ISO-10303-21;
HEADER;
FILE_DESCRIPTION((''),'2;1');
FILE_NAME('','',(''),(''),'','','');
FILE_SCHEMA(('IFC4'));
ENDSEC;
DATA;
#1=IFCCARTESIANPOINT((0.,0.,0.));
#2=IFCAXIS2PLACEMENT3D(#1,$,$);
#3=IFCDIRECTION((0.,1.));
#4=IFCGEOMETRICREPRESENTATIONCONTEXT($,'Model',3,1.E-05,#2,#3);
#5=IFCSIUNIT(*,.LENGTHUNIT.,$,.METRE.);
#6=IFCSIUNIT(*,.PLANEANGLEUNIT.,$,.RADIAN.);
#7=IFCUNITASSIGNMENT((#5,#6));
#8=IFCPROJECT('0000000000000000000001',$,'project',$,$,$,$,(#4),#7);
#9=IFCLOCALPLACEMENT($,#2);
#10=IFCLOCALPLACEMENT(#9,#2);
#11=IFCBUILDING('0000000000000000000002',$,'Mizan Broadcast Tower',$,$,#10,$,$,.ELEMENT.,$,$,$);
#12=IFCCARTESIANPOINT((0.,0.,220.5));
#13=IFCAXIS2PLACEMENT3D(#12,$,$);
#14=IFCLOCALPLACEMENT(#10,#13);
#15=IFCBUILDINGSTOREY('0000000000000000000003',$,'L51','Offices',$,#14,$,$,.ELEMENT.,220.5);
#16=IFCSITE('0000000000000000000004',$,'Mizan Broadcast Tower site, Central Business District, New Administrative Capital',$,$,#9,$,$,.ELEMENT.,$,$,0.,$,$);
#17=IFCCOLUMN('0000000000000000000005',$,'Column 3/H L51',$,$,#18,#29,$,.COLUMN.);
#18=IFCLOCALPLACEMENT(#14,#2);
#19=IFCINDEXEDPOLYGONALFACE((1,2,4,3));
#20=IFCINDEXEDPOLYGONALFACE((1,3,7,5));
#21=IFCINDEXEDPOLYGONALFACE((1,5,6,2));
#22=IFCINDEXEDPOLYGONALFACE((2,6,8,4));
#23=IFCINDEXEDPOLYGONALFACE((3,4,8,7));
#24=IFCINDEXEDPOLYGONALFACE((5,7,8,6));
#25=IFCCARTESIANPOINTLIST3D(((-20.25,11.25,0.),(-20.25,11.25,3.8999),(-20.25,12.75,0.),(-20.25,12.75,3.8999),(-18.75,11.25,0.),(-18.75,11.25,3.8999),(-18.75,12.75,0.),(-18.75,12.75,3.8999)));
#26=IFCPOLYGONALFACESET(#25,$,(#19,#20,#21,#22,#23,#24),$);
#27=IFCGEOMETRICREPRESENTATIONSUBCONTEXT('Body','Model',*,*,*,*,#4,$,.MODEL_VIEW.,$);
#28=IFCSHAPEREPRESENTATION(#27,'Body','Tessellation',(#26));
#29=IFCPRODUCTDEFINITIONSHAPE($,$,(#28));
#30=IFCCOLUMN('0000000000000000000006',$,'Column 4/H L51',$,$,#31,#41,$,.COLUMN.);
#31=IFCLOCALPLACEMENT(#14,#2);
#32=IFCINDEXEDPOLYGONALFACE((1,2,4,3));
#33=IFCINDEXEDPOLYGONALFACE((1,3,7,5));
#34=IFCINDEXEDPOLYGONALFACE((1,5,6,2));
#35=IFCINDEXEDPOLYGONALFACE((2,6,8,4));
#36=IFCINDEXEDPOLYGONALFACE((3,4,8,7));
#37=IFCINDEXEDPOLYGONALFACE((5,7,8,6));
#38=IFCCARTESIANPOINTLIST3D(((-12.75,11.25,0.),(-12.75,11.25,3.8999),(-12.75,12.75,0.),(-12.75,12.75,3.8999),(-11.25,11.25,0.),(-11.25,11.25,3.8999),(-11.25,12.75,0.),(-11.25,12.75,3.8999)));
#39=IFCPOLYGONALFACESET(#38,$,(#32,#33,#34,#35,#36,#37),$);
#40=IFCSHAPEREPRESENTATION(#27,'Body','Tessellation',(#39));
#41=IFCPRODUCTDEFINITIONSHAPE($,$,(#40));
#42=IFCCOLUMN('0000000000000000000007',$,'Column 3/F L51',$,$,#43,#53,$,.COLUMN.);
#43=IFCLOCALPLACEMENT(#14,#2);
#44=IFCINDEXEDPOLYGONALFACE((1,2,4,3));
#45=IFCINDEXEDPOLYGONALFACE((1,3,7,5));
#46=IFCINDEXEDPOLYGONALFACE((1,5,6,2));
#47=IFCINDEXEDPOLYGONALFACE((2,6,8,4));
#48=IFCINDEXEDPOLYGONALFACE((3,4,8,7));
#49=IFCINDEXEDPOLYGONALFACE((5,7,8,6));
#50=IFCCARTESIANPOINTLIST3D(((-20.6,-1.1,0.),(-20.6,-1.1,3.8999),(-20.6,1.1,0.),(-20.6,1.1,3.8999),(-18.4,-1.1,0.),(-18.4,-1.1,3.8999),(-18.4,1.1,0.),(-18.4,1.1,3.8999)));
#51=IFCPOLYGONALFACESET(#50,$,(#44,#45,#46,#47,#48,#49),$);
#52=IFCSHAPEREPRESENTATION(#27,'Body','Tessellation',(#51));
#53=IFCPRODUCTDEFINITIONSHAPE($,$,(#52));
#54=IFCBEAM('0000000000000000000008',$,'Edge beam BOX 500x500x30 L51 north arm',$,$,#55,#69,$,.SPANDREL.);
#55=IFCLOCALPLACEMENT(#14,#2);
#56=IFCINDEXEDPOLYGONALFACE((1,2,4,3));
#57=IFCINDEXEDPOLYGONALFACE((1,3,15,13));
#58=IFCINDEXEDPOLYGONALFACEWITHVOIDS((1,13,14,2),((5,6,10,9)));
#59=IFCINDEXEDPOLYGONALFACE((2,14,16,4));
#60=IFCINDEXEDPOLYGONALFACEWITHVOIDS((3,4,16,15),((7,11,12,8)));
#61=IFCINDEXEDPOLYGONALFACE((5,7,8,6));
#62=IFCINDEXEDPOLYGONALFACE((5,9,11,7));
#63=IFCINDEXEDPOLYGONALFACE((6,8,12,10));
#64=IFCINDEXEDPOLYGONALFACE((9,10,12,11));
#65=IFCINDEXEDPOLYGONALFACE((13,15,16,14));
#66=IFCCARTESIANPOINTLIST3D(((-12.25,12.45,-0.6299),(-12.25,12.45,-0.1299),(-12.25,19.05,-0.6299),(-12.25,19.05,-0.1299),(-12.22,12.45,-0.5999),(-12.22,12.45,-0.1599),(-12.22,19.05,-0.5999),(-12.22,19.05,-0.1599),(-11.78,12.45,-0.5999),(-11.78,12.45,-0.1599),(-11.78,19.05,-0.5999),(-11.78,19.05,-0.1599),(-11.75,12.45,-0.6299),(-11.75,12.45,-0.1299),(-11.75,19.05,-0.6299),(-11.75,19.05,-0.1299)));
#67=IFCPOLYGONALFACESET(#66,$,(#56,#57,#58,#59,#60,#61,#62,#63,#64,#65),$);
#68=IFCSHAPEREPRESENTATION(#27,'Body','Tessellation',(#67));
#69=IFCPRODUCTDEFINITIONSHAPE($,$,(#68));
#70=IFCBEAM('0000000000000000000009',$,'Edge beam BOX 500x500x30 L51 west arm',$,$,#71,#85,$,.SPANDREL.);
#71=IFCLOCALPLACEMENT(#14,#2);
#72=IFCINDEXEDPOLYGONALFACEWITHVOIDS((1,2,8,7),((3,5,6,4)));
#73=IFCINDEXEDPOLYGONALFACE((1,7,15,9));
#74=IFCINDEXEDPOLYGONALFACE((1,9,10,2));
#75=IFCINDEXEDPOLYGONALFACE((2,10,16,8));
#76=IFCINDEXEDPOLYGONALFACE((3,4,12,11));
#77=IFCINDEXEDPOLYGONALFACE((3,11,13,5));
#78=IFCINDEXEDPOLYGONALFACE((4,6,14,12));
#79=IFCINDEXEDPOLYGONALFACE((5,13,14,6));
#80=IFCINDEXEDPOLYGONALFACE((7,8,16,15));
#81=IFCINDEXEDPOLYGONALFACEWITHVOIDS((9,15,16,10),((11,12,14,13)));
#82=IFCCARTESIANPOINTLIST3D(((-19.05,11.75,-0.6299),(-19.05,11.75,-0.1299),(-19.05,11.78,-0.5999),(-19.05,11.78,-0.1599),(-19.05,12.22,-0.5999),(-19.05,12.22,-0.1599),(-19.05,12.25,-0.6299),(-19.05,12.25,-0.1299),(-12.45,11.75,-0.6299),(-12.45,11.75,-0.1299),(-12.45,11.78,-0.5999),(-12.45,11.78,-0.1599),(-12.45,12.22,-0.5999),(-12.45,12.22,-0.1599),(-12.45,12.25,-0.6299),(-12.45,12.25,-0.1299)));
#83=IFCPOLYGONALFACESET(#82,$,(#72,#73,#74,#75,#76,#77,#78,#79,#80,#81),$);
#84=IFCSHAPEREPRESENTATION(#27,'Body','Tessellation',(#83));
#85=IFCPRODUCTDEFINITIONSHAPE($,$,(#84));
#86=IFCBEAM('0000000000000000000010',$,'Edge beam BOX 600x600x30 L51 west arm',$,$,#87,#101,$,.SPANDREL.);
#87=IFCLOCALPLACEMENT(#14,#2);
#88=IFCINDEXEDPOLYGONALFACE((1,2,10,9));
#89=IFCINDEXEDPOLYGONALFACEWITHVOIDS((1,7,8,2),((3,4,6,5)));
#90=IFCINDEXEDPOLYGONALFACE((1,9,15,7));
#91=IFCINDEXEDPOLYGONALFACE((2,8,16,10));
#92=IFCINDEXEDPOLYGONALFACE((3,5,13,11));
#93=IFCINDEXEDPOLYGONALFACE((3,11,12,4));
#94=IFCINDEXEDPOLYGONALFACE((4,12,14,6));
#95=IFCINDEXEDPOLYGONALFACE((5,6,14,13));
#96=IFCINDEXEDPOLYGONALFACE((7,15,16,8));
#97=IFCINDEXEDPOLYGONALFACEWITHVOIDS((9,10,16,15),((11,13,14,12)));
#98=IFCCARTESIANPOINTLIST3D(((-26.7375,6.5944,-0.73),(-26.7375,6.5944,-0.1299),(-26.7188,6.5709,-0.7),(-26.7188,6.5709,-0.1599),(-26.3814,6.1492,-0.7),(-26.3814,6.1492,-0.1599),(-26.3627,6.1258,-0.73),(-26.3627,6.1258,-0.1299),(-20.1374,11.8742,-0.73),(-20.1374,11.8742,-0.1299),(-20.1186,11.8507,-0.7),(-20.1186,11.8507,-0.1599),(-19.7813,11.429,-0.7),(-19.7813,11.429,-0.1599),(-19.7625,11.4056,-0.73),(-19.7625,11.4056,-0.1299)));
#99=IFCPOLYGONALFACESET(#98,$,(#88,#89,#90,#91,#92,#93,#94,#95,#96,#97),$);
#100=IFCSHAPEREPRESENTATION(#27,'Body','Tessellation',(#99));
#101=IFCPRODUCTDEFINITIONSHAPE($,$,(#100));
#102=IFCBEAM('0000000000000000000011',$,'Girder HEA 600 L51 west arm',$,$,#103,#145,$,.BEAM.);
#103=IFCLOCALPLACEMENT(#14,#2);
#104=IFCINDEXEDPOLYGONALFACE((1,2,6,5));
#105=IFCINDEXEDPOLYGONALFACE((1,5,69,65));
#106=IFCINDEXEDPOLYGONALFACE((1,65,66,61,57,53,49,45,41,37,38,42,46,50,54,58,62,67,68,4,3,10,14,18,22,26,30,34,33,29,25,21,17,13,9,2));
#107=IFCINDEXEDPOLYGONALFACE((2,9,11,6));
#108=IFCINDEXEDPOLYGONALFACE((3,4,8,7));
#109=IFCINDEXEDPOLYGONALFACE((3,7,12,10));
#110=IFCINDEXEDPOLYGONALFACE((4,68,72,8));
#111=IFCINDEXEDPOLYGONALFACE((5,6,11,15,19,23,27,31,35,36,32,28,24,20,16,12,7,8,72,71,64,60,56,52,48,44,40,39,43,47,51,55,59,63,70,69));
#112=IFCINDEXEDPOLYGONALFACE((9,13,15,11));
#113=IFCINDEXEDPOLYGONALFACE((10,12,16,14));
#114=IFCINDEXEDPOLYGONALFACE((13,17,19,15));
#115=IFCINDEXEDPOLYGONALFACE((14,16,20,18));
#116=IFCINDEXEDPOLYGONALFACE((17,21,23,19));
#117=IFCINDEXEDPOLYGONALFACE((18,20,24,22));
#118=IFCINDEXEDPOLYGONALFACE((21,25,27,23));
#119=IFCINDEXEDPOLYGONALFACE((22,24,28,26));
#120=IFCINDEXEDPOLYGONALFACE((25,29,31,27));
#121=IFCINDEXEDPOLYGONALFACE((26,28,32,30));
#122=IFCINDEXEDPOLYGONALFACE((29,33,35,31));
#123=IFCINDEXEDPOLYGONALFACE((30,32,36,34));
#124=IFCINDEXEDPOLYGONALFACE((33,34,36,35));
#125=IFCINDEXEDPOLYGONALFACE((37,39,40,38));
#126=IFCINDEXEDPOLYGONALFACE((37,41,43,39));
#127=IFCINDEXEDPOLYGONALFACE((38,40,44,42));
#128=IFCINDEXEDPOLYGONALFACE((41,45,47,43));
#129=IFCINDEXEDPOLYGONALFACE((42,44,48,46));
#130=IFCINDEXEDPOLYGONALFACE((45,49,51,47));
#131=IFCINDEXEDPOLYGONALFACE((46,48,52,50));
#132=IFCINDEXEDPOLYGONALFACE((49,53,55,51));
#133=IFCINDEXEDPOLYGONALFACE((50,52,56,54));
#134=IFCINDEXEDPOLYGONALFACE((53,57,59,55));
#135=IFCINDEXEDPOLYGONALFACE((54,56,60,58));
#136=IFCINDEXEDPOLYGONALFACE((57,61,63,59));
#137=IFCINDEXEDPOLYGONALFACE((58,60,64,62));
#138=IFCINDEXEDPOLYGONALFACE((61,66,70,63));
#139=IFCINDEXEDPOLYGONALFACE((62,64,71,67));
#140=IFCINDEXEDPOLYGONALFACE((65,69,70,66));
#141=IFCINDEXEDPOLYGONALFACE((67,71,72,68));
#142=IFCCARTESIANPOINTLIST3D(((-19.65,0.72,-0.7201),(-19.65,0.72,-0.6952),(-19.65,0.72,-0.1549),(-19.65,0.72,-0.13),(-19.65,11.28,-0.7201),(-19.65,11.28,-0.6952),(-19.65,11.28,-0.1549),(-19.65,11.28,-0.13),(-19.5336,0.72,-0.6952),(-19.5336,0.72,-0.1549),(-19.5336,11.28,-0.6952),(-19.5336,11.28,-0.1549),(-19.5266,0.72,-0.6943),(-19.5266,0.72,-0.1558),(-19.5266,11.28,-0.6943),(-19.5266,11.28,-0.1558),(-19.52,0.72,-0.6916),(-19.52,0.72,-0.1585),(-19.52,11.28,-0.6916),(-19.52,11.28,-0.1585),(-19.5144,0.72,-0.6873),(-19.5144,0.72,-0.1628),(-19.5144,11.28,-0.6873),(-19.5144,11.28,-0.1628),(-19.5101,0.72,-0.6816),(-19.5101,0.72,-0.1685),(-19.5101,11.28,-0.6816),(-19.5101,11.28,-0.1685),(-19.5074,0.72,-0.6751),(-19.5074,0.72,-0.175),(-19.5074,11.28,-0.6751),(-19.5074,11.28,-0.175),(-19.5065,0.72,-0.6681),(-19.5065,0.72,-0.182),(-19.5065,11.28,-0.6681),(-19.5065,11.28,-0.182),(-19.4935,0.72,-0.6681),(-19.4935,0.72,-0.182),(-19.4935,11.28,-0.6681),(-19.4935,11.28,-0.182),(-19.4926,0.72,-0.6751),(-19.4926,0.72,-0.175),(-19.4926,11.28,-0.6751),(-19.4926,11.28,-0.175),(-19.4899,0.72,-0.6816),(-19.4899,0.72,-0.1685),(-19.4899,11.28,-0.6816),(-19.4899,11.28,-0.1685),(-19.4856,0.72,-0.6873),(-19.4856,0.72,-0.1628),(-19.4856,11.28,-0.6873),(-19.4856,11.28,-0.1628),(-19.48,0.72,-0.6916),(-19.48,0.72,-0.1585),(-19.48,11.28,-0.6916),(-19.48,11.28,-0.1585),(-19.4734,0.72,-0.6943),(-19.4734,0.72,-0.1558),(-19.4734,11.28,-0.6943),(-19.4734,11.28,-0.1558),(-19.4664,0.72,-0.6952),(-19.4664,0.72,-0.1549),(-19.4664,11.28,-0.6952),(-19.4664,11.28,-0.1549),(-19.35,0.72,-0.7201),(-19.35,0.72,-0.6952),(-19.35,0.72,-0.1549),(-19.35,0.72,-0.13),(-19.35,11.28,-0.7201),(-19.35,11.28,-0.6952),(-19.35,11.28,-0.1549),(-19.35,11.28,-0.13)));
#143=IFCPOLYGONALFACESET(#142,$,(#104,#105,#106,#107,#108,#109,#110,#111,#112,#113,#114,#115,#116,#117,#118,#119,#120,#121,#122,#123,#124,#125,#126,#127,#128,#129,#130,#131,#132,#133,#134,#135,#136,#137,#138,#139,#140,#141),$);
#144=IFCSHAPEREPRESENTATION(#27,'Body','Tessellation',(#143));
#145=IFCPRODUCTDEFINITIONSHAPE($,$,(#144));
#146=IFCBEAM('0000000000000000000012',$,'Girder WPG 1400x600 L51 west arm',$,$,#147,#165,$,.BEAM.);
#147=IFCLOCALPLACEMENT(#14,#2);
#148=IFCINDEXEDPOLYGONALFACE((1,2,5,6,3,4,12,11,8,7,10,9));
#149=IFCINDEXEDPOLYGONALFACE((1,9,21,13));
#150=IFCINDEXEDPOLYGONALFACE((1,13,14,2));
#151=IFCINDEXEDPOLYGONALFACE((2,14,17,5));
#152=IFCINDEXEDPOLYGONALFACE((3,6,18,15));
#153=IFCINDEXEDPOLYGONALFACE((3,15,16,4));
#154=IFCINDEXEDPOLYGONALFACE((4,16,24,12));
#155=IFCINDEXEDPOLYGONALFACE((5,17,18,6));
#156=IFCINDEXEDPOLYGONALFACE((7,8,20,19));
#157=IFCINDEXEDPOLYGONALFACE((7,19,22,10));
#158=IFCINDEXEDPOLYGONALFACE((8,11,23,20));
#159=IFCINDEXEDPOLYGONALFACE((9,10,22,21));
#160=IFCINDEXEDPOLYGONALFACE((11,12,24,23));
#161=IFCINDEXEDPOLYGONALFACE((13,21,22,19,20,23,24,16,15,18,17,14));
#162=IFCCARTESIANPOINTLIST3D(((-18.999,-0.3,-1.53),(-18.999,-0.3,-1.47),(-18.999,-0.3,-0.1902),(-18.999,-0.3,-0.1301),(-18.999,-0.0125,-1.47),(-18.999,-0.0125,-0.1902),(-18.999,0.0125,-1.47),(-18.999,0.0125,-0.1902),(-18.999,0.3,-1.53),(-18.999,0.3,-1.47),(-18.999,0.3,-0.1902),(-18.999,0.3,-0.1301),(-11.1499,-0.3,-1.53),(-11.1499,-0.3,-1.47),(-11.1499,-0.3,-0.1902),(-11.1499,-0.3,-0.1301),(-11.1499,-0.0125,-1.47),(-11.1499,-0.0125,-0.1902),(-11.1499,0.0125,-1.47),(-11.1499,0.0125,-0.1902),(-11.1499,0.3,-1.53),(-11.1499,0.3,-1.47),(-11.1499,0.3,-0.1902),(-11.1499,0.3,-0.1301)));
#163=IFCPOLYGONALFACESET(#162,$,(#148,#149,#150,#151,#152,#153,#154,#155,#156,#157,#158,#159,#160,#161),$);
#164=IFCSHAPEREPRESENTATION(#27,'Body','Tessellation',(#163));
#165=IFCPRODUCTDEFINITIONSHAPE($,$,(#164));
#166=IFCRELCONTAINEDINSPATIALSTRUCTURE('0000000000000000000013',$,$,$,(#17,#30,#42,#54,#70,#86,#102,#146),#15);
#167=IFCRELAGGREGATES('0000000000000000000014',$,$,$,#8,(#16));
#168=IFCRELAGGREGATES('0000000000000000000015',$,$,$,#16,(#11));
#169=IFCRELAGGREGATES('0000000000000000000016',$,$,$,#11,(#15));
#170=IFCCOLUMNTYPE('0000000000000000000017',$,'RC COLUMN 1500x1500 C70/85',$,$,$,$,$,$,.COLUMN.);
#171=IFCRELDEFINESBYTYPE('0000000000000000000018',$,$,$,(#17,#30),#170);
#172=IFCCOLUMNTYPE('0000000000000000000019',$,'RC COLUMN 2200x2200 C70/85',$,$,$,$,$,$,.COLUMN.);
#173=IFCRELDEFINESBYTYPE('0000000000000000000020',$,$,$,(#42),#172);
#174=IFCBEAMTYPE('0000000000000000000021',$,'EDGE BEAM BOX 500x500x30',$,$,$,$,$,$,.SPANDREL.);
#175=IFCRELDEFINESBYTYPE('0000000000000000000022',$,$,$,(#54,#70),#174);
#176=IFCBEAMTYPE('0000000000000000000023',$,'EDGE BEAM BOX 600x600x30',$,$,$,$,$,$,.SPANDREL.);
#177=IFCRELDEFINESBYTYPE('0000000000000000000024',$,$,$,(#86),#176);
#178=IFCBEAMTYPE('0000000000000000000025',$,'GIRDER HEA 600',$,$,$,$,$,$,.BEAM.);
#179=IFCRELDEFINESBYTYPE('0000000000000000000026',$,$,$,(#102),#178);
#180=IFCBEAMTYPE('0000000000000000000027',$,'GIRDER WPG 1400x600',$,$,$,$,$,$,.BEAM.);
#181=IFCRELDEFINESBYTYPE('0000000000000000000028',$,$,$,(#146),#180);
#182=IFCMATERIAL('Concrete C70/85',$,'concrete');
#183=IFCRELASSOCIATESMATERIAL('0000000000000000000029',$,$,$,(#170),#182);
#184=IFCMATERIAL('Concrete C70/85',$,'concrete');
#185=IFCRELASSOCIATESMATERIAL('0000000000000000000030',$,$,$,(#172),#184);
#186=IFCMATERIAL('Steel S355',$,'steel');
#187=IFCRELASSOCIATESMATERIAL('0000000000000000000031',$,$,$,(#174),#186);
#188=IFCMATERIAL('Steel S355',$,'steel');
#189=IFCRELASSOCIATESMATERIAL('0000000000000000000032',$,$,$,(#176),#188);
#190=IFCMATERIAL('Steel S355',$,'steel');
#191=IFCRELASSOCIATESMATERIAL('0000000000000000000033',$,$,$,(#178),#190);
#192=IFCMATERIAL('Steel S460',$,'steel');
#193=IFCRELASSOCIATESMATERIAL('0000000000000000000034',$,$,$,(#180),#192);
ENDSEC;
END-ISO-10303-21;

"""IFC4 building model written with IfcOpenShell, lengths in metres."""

from ifc_helpers import new_model, si_unit, direction, frame, origin, origin_2d, place, context, subcontext, project, spatial, rectangle, hollow_rectangle, i_section, extrude, material, material_profile, profile_set, type_object, element, save


model = new_model("IFC4")

# Units and contexts
model_context = context("Model", 3, precision=1e-05, world=origin(), true_north=direction((0.0, 1.0)))
body_context = subcontext(model_context, "Body", "Model", "MODEL_VIEW")
ifc_project = project(units=[si_unit("LENGTHUNIT", "METRE"), si_unit("PLANEANGLEUNIT", "RADIAN")], contexts=[model_context])

# Site, building, storey
site_placement = place(None, origin())
site = spatial("IfcSite", under=ifc_project, at=site_placement, Name="Mizan Broadcast Tower site, Central Business District, New Administrative Capital", CompositionType="ELEMENT", RefElevation=0.0)
building_placement = place(site_placement, origin())
building = spatial("IfcBuilding", under=site, at=building_placement, Name="Mizan Broadcast Tower", CompositionType="ELEMENT")
storey_placement = place(building_placement, frame((0.0, 0.0, 220.5)))
storey = spatial("IfcBuildingStorey", under=building, at=storey_placement, Name="L51", Description="Offices", CompositionType="ELEMENT", Elevation=220.5)

# Columns
ifc_material_1 = material(Name="Concrete C70/85", Category="concrete")
ifc_material_profile_1 = material_profile(ifc_material_1, rectangle(XDim=1.5, YDim=1.5, at=origin_2d()), Name="RC 1500x1500")
ifc_profile_set_1 = profile_set([ifc_material_profile_1], Name="Concrete C70/85")
column_type_1 = type_object("IfcColumnType", Name="RC COLUMN 1500x1500 C70/85", PredefinedType="COLUMN", material=ifc_profile_set_1)
for number, where, z_axis, x_axis, name in (
    (1, (-19.5, 12.0, 0.0), (0.0, 0.0, 1.0), (1.0, 0.0, 0.0), "Column 3/H L51"),
    (2, (-12.0, 12.0, 0.0), (0.0, 0.0, 1.0), (1.0, 0.0, 0.0), "Column 4/H L51"),
):
    element("IfcColumn", number, at=place(storey_placement, frame(where, z_axis=z_axis, x_axis=x_axis)), inside=storey, type_object=column_type_1, Name=name, PredefinedType="COLUMN", context=body_context, shape_type="SweptSolid", body=[
        extrude(rectangle(XDim=1.5, YDim=1.5, at=origin_2d()), origin(), (0.0, 0.0, 1.0), 3.8999),
    ])
ifc_material_2 = material(Name="Concrete C70/85", Category="concrete")
ifc_material_profile_2 = material_profile(ifc_material_2, rectangle(XDim=2.2, YDim=2.2, at=origin_2d()), Name="RC 2200x2200")
ifc_profile_set_2 = profile_set([ifc_material_profile_2], Name="Concrete C70/85")
column_type_2 = type_object("IfcColumnType", Name="RC COLUMN 2200x2200 C70/85", PredefinedType="COLUMN", material=ifc_profile_set_2)
column_placement = place(storey_placement, frame((-19.5, 0.0, 0.0), z_axis=(0.0, 0.0, 1.0), x_axis=(1.0, 0.0, 0.0)))
element("IfcColumn", 3, at=column_placement, inside=storey, type_object=column_type_2, Name="Column 3/F L51", PredefinedType="COLUMN", context=body_context, shape_type="SweptSolid", body=[
    extrude(rectangle(XDim=2.2, YDim=2.2, at=origin_2d()), origin(), (0.0, 0.0, 1.0), 3.8999),
])

# Beams
ifc_material_3 = material(Name="Steel S355", Category="steel")
ifc_material_profile_3 = material_profile(ifc_material_3, hollow_rectangle(XDim=0.5, YDim=0.5, WallThickness=0.03, at=origin_2d()), Name="BOX 500x500x30")
ifc_profile_set_3 = profile_set([ifc_material_profile_3], Name="Steel S355")
beam_type_1 = type_object("IfcBeamType", Name="EDGE BEAM BOX 500x500x30", PredefinedType="SPANDREL", material=ifc_profile_set_3)
for number, where, z_axis, x_axis, name in (
    (4, (-12.0, 12.45, -0.3799), (0.0, 1.0, 0.0), (-1.0, 0.0, 0.0), "Edge beam BOX 500x500x30 L51 north arm"),
    (5, (-12.45, 12.0, -0.3799), (-1.0, 0.0, 0.0), (0.0, -1.0, 0.0), "Edge beam BOX 500x500x30 L51 west arm"),
):
    element("IfcBeam", number, at=place(storey_placement, frame(where, z_axis=z_axis, x_axis=x_axis)), inside=storey, type_object=beam_type_1, Name=name, PredefinedType="SPANDREL", context=body_context, shape_type="SweptSolid", body=[
        extrude(hollow_rectangle(XDim=0.5, YDim=0.5, WallThickness=0.03, at=origin_2d()), origin(), (0.0, 0.0, 1.0), 6.6001),
    ])
ifc_material_4 = material(Name="Steel S355", Category="steel")
ifc_material_profile_4 = material_profile(ifc_material_4, hollow_rectangle(XDim=0.6001, YDim=0.6001, WallThickness=0.03, at=origin_2d()), Name="BOX 600x600x30")
ifc_profile_set_4 = profile_set([ifc_material_profile_4], Name="Steel S355")
beam_type_2 = type_object("IfcBeamType", Name="EDGE BEAM BOX 600x600x30", PredefinedType="SPANDREL", material=ifc_profile_set_4)
beam_1_placement = place(storey_placement, frame((-19.95, 11.6399, -0.4299), z_axis=(-0.780886, -0.624674, 0.0), x_axis=(0.624674, -0.780886, 0.0)))
element("IfcBeam", 6, at=beam_1_placement, inside=storey, type_object=beam_type_2, Name="Edge beam BOX 600x600x30 L51 west arm", PredefinedType="SPANDREL", context=body_context, shape_type="SweptSolid", body=[
    extrude(hollow_rectangle(XDim=0.6001, YDim=0.6001, WallThickness=0.03, at=origin_2d()), origin(), (0.0, 0.0, 1.0), 8.4521),
])
ifc_material_5 = material(Name="Steel S355", Category="steel")
ifc_material_profile_5 = material_profile(ifc_material_5, i_section(OverallWidth=0.3, OverallDepth=0.5901, WebThickness=0.0129, FlangeThickness=0.0249, FilletRadius=0.0271, at=origin_2d()), Name="HEA 600")
ifc_profile_set_5 = profile_set([ifc_material_profile_5], Name="Steel S355")
beam_type_3 = type_object("IfcBeamType", Name="GIRDER HEA 600", PredefinedType="BEAM", material=ifc_profile_set_5)
beam_2_placement = place(storey_placement, frame((-19.5, 11.28, -0.425), z_axis=(0.0, -1.0, 0.0), x_axis=(1.0, 0.0, 0.0)))
element("IfcBeam", 7, at=beam_2_placement, inside=storey, type_object=beam_type_3, Name="Girder HEA 600 L51 west arm", PredefinedType="BEAM", context=body_context, shape_type="SweptSolid", body=[
    extrude(i_section(OverallWidth=0.3, OverallDepth=0.5901, WebThickness=0.0129, FlangeThickness=0.0249, FilletRadius=0.0271, at=origin_2d()), origin(), (0.0, 0.0, 1.0), 10.5601),
])
ifc_material_6 = material(Name="Steel S460", Category="steel")
ifc_material_profile_6 = material_profile(ifc_material_6, i_section(OverallWidth=0.6001, OverallDepth=1.3999, WebThickness=0.0249, FlangeThickness=0.0601, at=origin_2d()), Name="WPG 1400x600")
ifc_profile_set_6 = profile_set([ifc_material_profile_6], Name="Steel S460")
beam_type_4 = type_object("IfcBeamType", Name="GIRDER WPG 1400x600", PredefinedType="BEAM", material=ifc_profile_set_6)
beam_3_placement = place(storey_placement, frame((-11.1499, 0.0, -0.8301), z_axis=(-1.0, 0.0, 0.0), x_axis=(0.0, -1.0, 0.0)))
element("IfcBeam", 8, at=beam_3_placement, inside=storey, type_object=beam_type_4, Name="Girder WPG 1400x600 L51 west arm", PredefinedType="BEAM", context=body_context, shape_type="SweptSolid", body=[
    extrude(i_section(OverallWidth=0.6001, OverallDepth=1.3999, WebThickness=0.0249, FlangeThickness=0.0601, at=origin_2d()), origin(), (0.0, 0.0, 1.0), 7.8491),
])

save(model, "model.ifc")
